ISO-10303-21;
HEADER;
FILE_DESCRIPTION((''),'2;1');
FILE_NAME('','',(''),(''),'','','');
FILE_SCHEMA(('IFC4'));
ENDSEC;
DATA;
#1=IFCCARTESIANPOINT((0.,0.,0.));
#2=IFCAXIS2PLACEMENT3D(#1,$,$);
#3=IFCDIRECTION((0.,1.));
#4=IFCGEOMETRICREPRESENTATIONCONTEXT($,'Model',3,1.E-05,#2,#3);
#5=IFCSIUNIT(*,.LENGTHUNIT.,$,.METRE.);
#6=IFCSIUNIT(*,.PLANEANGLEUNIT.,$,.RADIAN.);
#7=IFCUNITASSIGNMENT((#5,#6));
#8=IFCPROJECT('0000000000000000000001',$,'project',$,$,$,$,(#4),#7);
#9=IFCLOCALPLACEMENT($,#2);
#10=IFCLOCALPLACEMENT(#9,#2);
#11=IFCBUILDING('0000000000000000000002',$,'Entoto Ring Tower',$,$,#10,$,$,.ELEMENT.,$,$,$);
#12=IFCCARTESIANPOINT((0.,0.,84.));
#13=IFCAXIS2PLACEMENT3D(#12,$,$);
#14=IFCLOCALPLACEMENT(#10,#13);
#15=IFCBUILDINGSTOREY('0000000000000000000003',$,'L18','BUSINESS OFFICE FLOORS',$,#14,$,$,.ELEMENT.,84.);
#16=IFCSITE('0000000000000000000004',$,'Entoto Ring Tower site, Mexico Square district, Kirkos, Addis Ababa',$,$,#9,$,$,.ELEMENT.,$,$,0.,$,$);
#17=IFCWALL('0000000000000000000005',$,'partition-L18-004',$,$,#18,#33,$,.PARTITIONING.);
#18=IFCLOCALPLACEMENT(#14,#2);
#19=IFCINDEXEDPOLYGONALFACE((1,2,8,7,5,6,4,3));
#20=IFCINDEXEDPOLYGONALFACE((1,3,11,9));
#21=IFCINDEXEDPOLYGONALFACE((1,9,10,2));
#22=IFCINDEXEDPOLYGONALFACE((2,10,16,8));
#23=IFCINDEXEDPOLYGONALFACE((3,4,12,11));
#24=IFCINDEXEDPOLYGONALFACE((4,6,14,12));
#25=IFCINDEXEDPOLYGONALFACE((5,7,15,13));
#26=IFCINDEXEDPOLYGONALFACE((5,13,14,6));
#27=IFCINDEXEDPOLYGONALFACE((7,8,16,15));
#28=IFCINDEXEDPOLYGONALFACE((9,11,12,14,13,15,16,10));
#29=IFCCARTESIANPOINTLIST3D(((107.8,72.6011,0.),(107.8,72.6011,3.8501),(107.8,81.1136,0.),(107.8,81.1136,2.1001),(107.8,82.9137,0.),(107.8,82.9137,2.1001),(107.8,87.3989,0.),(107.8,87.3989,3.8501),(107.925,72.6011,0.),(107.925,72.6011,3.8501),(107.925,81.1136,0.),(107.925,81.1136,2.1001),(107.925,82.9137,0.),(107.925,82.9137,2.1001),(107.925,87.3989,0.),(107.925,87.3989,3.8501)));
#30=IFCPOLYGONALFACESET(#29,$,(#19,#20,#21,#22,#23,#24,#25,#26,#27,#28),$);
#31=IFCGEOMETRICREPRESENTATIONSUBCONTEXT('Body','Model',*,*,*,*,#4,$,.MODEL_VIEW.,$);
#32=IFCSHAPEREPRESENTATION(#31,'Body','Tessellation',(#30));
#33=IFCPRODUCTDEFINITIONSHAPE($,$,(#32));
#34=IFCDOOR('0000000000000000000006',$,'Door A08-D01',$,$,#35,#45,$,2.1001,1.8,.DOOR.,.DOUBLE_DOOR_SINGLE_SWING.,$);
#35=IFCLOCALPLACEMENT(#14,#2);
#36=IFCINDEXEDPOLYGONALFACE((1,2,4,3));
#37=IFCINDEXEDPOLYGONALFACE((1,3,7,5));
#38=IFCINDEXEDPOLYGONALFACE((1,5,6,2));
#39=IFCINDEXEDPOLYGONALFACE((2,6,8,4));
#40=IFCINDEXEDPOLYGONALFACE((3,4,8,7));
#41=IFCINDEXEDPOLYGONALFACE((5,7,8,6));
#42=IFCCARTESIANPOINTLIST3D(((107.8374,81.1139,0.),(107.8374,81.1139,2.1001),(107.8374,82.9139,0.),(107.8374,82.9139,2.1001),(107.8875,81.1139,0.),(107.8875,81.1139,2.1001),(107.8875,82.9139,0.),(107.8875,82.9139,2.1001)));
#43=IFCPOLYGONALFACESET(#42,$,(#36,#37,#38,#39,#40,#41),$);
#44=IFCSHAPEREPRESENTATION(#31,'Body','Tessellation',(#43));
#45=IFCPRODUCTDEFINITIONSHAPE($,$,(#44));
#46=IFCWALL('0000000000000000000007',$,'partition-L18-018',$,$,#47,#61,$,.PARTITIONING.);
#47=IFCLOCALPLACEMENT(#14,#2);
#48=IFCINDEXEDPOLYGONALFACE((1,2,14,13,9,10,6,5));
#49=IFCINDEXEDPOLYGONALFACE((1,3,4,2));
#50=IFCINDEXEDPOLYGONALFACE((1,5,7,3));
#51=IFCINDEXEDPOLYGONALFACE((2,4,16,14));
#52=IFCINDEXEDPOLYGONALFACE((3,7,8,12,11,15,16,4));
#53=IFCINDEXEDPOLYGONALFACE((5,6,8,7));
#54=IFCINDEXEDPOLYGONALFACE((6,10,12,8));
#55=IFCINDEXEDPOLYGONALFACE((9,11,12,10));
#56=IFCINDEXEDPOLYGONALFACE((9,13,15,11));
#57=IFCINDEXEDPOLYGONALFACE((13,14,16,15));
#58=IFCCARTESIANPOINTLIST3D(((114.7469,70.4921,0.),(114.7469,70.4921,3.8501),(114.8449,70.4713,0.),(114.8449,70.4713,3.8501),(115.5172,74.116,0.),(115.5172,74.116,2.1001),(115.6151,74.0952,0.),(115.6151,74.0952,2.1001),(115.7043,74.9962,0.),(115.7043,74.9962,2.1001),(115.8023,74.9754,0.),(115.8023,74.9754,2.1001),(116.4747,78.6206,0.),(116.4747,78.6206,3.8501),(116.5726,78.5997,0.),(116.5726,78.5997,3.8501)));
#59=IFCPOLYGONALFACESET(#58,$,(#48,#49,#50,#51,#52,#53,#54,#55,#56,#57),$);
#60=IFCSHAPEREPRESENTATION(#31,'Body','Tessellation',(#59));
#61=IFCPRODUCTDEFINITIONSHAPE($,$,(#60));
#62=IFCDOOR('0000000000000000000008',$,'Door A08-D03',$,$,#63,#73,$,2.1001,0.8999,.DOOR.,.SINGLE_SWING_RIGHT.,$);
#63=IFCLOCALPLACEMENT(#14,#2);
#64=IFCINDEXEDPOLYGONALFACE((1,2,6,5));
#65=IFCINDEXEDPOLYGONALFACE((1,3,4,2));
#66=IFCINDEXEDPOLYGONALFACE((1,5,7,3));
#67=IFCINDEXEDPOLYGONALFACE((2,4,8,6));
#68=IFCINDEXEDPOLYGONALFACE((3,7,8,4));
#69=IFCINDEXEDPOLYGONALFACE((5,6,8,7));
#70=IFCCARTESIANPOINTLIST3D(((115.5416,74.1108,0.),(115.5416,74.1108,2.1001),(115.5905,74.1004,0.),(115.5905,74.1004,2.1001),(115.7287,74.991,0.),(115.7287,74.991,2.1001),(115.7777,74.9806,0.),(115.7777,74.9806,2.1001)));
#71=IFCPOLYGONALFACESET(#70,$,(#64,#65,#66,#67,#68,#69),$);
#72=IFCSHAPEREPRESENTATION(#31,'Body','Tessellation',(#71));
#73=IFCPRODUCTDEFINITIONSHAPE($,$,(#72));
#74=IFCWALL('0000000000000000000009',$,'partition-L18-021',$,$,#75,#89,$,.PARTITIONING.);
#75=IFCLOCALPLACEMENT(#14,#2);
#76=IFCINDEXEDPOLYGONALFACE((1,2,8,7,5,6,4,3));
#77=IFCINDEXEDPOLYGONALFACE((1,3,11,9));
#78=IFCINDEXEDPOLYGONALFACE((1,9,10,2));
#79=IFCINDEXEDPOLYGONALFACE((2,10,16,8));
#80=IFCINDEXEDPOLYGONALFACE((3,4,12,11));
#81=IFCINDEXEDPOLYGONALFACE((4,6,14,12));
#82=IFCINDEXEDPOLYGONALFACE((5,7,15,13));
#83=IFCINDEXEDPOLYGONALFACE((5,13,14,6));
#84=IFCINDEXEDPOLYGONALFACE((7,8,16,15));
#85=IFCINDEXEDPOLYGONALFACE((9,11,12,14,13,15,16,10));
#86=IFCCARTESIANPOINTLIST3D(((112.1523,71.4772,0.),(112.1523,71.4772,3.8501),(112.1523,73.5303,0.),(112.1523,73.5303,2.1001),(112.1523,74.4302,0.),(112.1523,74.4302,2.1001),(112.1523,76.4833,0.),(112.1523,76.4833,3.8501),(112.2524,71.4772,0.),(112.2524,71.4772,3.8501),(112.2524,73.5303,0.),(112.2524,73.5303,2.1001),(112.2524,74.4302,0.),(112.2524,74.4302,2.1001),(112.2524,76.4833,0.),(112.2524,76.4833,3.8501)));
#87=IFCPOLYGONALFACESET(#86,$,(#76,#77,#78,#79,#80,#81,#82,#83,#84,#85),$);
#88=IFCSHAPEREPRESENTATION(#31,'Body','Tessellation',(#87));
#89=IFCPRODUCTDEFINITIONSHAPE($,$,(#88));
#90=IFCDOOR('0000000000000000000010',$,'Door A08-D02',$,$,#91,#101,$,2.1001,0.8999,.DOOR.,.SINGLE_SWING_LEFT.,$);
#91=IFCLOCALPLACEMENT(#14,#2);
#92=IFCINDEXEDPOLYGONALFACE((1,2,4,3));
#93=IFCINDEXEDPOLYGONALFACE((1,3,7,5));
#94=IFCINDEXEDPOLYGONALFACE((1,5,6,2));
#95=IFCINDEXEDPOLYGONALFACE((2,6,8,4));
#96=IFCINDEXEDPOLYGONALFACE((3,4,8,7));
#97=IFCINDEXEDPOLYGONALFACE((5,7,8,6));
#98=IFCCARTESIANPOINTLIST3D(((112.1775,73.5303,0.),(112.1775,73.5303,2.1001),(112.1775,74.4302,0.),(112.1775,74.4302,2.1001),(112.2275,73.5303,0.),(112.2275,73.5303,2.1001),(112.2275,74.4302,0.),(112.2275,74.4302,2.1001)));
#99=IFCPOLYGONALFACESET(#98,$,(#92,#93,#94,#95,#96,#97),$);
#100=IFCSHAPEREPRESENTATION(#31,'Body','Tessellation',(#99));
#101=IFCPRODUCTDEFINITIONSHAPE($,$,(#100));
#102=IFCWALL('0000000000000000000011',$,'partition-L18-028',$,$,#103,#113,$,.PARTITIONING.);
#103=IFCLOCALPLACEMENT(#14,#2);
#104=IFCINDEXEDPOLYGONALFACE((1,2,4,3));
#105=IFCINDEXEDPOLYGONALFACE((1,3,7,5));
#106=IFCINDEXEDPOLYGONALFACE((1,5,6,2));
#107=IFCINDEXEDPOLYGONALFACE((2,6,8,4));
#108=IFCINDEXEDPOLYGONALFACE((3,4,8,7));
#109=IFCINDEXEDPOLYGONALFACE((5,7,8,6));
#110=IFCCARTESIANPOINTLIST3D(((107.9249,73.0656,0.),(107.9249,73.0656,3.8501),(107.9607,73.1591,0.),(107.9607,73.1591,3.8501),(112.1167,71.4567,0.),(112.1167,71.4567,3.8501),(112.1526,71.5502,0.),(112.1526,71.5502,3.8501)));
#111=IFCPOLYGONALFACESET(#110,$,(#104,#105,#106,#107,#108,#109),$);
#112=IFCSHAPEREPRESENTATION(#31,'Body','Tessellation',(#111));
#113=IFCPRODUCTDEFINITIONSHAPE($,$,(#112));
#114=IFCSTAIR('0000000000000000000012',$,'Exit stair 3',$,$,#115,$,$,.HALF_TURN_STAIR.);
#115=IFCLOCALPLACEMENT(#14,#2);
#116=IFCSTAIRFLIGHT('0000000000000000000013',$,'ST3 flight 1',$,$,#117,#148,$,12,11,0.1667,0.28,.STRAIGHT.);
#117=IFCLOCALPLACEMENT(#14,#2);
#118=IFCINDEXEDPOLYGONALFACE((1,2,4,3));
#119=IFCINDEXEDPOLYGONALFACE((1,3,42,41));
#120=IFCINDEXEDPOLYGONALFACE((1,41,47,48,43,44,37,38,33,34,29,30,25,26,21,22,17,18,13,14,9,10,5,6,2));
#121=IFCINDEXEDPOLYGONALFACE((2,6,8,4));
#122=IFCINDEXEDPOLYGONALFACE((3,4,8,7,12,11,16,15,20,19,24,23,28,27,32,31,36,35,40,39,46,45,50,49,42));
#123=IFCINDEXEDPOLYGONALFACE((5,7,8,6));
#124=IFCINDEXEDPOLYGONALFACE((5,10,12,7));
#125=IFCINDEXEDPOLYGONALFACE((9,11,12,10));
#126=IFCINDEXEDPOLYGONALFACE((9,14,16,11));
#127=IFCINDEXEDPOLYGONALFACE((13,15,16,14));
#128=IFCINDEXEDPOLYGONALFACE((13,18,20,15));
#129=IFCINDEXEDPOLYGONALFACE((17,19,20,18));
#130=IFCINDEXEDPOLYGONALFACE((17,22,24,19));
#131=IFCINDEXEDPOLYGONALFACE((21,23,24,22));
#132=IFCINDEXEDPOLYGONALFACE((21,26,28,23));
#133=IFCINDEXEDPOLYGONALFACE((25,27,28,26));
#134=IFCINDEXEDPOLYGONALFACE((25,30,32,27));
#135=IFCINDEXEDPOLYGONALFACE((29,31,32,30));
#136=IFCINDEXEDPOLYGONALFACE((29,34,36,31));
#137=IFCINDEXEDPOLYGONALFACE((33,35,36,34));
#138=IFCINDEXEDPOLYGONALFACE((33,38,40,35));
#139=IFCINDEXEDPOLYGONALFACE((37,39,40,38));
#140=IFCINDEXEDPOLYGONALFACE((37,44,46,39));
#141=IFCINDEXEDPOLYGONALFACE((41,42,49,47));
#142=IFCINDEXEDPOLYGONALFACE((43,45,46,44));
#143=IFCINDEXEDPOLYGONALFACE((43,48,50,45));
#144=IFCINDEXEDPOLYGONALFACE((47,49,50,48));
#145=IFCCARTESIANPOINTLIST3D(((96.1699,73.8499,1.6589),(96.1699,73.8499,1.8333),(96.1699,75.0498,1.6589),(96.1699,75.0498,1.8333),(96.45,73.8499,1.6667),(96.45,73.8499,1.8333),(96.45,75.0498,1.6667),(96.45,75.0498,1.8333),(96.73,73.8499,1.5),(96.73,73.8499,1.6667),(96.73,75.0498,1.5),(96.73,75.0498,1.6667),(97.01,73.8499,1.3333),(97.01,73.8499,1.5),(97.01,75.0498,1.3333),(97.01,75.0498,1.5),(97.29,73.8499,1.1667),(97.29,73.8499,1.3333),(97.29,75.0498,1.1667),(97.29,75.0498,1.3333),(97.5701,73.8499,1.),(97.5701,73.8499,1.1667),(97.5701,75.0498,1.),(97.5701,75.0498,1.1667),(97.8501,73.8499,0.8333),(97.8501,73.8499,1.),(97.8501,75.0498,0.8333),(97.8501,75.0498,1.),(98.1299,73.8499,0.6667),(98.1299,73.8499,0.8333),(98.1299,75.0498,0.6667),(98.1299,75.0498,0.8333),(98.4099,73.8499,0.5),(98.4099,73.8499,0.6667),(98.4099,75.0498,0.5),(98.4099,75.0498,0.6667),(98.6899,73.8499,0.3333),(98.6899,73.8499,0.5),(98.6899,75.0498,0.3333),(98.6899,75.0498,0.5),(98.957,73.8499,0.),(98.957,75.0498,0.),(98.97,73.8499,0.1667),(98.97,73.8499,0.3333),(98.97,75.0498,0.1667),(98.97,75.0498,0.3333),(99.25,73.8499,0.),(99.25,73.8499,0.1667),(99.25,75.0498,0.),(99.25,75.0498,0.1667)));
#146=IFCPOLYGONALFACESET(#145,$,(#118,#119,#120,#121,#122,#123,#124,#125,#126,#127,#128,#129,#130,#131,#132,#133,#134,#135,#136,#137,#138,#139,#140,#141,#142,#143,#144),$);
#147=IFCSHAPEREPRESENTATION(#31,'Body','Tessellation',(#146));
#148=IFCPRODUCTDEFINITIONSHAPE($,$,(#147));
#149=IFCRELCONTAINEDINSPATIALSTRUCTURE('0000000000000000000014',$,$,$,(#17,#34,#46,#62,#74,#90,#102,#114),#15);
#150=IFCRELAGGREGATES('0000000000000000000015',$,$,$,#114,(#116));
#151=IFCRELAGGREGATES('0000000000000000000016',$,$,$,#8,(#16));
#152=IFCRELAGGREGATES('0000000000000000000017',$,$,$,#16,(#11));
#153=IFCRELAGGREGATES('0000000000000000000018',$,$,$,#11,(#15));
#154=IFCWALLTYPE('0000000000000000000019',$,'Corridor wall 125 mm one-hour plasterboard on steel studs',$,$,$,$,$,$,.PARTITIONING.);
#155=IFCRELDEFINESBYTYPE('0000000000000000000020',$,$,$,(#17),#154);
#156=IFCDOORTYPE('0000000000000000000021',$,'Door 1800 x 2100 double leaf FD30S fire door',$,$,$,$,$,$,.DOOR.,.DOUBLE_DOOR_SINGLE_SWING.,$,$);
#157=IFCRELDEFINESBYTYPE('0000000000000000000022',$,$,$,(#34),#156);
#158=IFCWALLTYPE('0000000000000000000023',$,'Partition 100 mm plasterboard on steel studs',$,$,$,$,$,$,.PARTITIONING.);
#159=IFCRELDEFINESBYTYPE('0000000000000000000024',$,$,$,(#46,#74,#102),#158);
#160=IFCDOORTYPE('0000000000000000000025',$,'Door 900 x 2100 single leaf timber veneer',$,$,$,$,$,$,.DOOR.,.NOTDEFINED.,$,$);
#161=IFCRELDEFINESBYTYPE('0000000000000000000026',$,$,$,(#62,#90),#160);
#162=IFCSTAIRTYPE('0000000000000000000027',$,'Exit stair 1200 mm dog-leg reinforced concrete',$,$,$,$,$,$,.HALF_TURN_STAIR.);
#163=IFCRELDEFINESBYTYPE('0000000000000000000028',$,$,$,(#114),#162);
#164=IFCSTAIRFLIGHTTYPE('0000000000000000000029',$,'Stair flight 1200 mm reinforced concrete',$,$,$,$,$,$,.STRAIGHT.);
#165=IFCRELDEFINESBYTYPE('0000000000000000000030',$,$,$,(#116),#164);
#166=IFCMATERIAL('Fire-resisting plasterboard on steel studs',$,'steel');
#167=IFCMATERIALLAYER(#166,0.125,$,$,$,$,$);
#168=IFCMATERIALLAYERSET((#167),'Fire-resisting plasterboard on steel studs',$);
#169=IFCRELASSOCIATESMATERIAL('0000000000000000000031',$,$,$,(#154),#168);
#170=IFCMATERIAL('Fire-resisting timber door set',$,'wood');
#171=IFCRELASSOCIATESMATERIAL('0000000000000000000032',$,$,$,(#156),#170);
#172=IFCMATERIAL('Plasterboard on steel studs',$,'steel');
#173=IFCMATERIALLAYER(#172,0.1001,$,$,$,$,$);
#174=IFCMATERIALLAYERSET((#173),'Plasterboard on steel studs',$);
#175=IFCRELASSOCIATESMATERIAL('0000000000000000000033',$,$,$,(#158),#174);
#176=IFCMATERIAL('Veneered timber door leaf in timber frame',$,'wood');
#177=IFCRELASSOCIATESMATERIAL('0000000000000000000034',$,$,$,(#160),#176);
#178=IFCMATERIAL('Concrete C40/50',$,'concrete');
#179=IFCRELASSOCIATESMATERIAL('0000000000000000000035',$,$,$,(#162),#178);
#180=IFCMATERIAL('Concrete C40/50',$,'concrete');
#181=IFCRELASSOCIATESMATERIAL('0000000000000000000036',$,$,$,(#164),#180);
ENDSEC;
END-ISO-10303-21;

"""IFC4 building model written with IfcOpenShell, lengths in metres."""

from ifc_helpers import new_model, si_unit, direction, frame, frame_2d, origin, place, context, subcontext, project, spatial, polyline, rectangle, outline, extrude, material, layer, layer_set, type_object, element, fill, aggregate, save


model = new_model("IFC4")

# Units and contexts
model_context = context("Model", 3, precision=1e-05, world=origin(), true_north=direction((0.0, 1.0)))
body_context = subcontext(model_context, "Body", "Model", "MODEL_VIEW")
ifc_project = project(units=[si_unit("LENGTHUNIT", "METRE"), si_unit("PLANEANGLEUNIT", "RADIAN")], contexts=[model_context])

# Site, building, storey
site_placement = place(None, origin())
site = spatial("IfcSite", under=ifc_project, at=site_placement, Name="Entoto Ring Tower site, Mexico Square district, Kirkos, Addis Ababa", CompositionType="ELEMENT", RefElevation=0.0)
building_placement = place(site_placement, origin())
building = spatial("IfcBuilding", under=site, at=building_placement, Name="Entoto Ring Tower", CompositionType="ELEMENT")
storey_placement = place(building_placement, frame((0.0, 0.0, 84.0)))
storey = spatial("IfcBuildingStorey", under=building, at=storey_placement, Name="L18", Description="BUSINESS OFFICE FLOORS", CompositionType="ELEMENT", Elevation=84.0)

# Walls, openings, doors
ifc_material_1 = material(Name="Fire-resisting plasterboard on steel studs", Category="steel")
ifc_layer_1 = layer(ifc_material_1, 0.125)
ifc_layer_set_1 = layer_set([ifc_layer_1], Name="Fire-resisting plasterboard on steel studs")
wall_type_1 = type_object("IfcWallType", Name="Corridor wall 125 mm one-hour plasterboard on steel studs", PredefinedType="PARTITIONING", material=ifc_layer_set_1)
wall_1_placement = place(storey_placement, frame((107.8625, 72.6011, 0.0), z_axis=(0.0, 0.0, 1.0), x_axis=(0.0, 1.0, 0.0)))
wall_1 = element("IfcWall", 1, at=wall_1_placement, inside=storey, type_object=wall_type_1, Name="partition-L18-004", PredefinedType="PARTITIONING", context=body_context, shape_type="SweptSolid", body=[
    extrude(rectangle(XDim=14.7979, YDim=0.125, at=frame_2d((7.3989, 0.0))), origin(), (0.0, 0.0, 1.0), 3.8501),
])
opening_1_placement = place(wall_1_placement, frame((8.5127, 0.0, 0.0)))
opening_1 = element("IfcOpeningElement", 2, at=opening_1_placement, cuts=wall_1, PredefinedType="OPENING", context=body_context, shape_type="SweptSolid", body=[
    extrude(rectangle(XDim=1.8, YDim=2.1001, at=frame_2d((0.8999, 1.05))), frame((0.0, 0.0725, 0.0), z_axis=(0.0, -1.0, 0.0), x_axis=(1.0, 0.0, 0.0)), (0.0, 0.0, 1.0), 0.145),
])
ifc_material_2 = material(Name="Fire-resisting timber door set", Category="wood")
door_type_1 = type_object("IfcDoorType", Name="Door 1800 x 2100 double leaf FD30S fire door", OperationType="DOUBLE_DOOR_SINGLE_SWING", PredefinedType="DOOR", material=ifc_material_2)
door_1_placement = place(opening_1_placement, frame((1.8, 0.0, 0.0), z_axis=(0.0, 0.0, 1.0), x_axis=(-1.0, 0.0, 0.0)))
door_1 = element("IfcDoor", 3, at=door_1_placement, inside=storey, type_object=door_type_1, Name="Door A08-D01", OperationType="DOUBLE_DOOR_SINGLE_SWING", OverallHeight=2.1001, OverallWidth=1.8, PredefinedType="DOOR", context=body_context, shape_type="SweptSolid", body=[
    extrude(rectangle(XDim=1.8, YDim=2.1001, at=frame_2d((0.8999, 1.05))), frame((0.0, 0.0249, 0.0), z_axis=(0.0, -1.0, 0.0), x_axis=(1.0, 0.0, 0.0)), (0.0, 0.0, 1.0), 0.05),
])
fill(opening_1, door_1)
ifc_material_3 = material(Name="Plasterboard on steel studs", Category="steel")
ifc_layer_2 = layer(ifc_material_3, 0.1001)
ifc_layer_set_2 = layer_set([ifc_layer_2], Name="Plasterboard on steel studs")
wall_type_2 = type_object("IfcWallType", Name="Partition 100 mm plasterboard on steel studs", PredefinedType="PARTITIONING", material=ifc_layer_set_2)
wall_2_placement = place(storey_placement, frame((114.7959, 70.4817, 0.0), z_axis=(0.0, 0.0, 1.0), x_axis=(0.207916, 0.978147, 0.0)))
wall_2 = element("IfcWall", 4, at=wall_2_placement, inside=storey, type_object=wall_type_2, Name="partition-L18-018", PredefinedType="PARTITIONING", context=body_context, shape_type="SweptSolid", body=[
    extrude(rectangle(XDim=8.3101, YDim=0.1001, at=frame_2d((4.155, 0.0))), origin(), (0.0, 0.0, 1.0), 3.8501),
])
opening_2_placement = place(wall_2_placement, frame((3.7048, 0.0, 0.0)))
opening_2 = element("IfcOpeningElement", 5, at=opening_2_placement, cuts=wall_2, PredefinedType="OPENING", context=body_context, shape_type="SweptSolid", body=[
    extrude(rectangle(XDim=0.8999, YDim=2.1001, at=frame_2d((0.45, 1.05))), frame((0.0, 0.0601, 0.0), z_axis=(0.0, -1.0, 0.0), x_axis=(1.0, 0.0, 0.0)), (0.0, 0.0, 1.0), 0.1201),
])
ifc_material_4 = material(Name="Veneered timber door leaf in timber frame", Category="wood")
door_type_2 = type_object("IfcDoorType", Name="Door 900 x 2100 single leaf timber veneer", OperationType="NOTDEFINED", PredefinedType="DOOR", material=ifc_material_4)
door_2_placement = place(opening_2_placement, frame((0.8999, 0.0, 0.0), z_axis=(0.0, 0.0, 1.0), x_axis=(-1.0, 0.0, 0.0)))
door_2 = element("IfcDoor", 6, at=door_2_placement, inside=storey, type_object=door_type_2, Name="Door A08-D03", OperationType="SINGLE_SWING_RIGHT", OverallHeight=2.1001, OverallWidth=0.8999, PredefinedType="DOOR", context=body_context, shape_type="SweptSolid", body=[
    extrude(rectangle(XDim=0.8999, YDim=2.1001, at=frame_2d((0.45, 1.05))), frame((0.0, 0.0249, 0.0), z_axis=(0.0, -1.0, 0.0), x_axis=(1.0, 0.0, 0.0)), (0.0, 0.0, 1.0), 0.05),
])
fill(opening_2, door_2)
wall_3_placement = place(storey_placement, frame((112.2024, 71.4773, 0.0), z_axis=(0.0, 0.0, 1.0), x_axis=(0.0, 1.0, 0.0)))
wall_3 = element("IfcWall", 7, at=wall_3_placement, inside=storey, type_object=wall_type_2, Name="partition-L18-021", PredefinedType="PARTITIONING", context=body_context, shape_type="SweptSolid", body=[
    extrude(rectangle(XDim=5.0061, YDim=0.1001, at=frame_2d((2.5029, 0.0))), origin(), (0.0, 0.0, 1.0), 3.8501),
])
opening_3_placement = place(wall_3_placement, frame((2.053, 0.0, 0.0)))
opening_3 = element("IfcOpeningElement", 8, at=opening_3_placement, cuts=wall_3, PredefinedType="OPENING", context=body_context, shape_type="SweptSolid", body=[
    extrude(rectangle(XDim=0.8999, YDim=2.1001, at=frame_2d((0.45, 1.05))), frame((0.0, 0.0601, 0.0), z_axis=(0.0, -1.0, 0.0), x_axis=(1.0, 0.0, 0.0)), (0.0, 0.0, 1.0), 0.1201),
])
door_3_placement = place(opening_3_placement, origin())
door_3 = element("IfcDoor", 9, at=door_3_placement, inside=storey, type_object=door_type_2, Name="Door A08-D02", OperationType="SINGLE_SWING_LEFT", OverallHeight=2.1001, OverallWidth=0.8999, PredefinedType="DOOR", context=body_context, shape_type="SweptSolid", body=[
    extrude(rectangle(XDim=0.8999, YDim=2.1001, at=frame_2d((0.45, 1.05))), frame((0.0, 0.0249, 0.0), z_axis=(0.0, -1.0, 0.0), x_axis=(1.0, 0.0, 0.0)), (0.0, 0.0, 1.0), 0.05),
])
fill(opening_3, door_3)

# Wall
wall_4_placement = place(storey_placement, frame((112.1348, 71.5034, 0.0), z_axis=(0.0, 0.0, 1.0), x_axis=(-0.933598, 0.358323, 0.0)))
element("IfcWall", 10, at=wall_4_placement, inside=storey, type_object=wall_type_2, Name="partition-L18-028", PredefinedType="PARTITIONING", context=body_context, shape_type="SweptSolid", body=[
    extrude(rectangle(XDim=4.49, YDim=0.1001, at=frame_2d((2.2451, 0.0))), origin(), (0.0, 0.0, 1.0), 3.8501),
])

# Stair, stair flight
ifc_material_5 = material(Name="Concrete C40/50", Category="concrete")
stair_type = type_object("IfcStairType", Name="Exit stair 1200 mm dog-leg reinforced concrete", PredefinedType="HALF_TURN_STAIR", material=ifc_material_5)
stair_placement = place(storey_placement, origin())
stair = element("IfcStair", 11, at=stair_placement, inside=storey, type_object=stair_type, Name="Exit stair 3", PredefinedType="HALF_TURN_STAIR")
ifc_material_6 = material(Name="Concrete C40/50", Category="concrete")
stair_flight_type = type_object("IfcStairFlightType", Name="Stair flight 1200 mm reinforced concrete", PredefinedType="STRAIGHT", material=ifc_material_6)
stair_flight_placement = place(storey_placement, frame((99.25, 74.45, 0.0), z_axis=(0.0, 0.0, 1.0), x_axis=(-1.0, 0.0, 0.0)))
stair_flight = element("IfcStairFlight", 12, at=stair_flight_placement, type_object=stair_flight_type, Name="ST3 flight 1", NumberOfRisers=12, NumberOfTreads=11, PredefinedType="STRAIGHT", RiserHeight=0.1667, TreadLength=0.28, context=body_context, shape_type="SweptSolid", body=[
    extrude(outline(polyline([(0.0, 0.0), (0.0, 0.1667), (0.28, 0.1667), (0.28, 0.3333), (0.5601, 0.3333), (0.5601, 0.5), (0.8401, 0.5), (0.8401, 0.6667), (1.1201, 0.6667), (1.1201, 0.8333), (1.3999, 0.8333), (1.3999, 1.0), (1.6799, 1.0), (1.6799, 1.1667), (1.96, 1.1667), (1.96, 1.3333), (2.24, 1.3333), (2.24, 1.5), (2.52, 1.5), (2.52, 1.6667), (2.8, 1.6667), (2.8, 1.8333), (3.0801, 1.8333), (3.0801, 2.0), (3.0801, 1.6589), (0.293, 0.0), (0.0, 0.0)])), frame((0.0, 0.6001, 0.0), z_axis=(0.0, -1.0, 0.0), x_axis=(1.0, 0.0, 0.0)), (0.0, 0.0, 1.0), 1.2),
])
aggregate(stair, [stair_flight])

save(model, "model.ifc")
